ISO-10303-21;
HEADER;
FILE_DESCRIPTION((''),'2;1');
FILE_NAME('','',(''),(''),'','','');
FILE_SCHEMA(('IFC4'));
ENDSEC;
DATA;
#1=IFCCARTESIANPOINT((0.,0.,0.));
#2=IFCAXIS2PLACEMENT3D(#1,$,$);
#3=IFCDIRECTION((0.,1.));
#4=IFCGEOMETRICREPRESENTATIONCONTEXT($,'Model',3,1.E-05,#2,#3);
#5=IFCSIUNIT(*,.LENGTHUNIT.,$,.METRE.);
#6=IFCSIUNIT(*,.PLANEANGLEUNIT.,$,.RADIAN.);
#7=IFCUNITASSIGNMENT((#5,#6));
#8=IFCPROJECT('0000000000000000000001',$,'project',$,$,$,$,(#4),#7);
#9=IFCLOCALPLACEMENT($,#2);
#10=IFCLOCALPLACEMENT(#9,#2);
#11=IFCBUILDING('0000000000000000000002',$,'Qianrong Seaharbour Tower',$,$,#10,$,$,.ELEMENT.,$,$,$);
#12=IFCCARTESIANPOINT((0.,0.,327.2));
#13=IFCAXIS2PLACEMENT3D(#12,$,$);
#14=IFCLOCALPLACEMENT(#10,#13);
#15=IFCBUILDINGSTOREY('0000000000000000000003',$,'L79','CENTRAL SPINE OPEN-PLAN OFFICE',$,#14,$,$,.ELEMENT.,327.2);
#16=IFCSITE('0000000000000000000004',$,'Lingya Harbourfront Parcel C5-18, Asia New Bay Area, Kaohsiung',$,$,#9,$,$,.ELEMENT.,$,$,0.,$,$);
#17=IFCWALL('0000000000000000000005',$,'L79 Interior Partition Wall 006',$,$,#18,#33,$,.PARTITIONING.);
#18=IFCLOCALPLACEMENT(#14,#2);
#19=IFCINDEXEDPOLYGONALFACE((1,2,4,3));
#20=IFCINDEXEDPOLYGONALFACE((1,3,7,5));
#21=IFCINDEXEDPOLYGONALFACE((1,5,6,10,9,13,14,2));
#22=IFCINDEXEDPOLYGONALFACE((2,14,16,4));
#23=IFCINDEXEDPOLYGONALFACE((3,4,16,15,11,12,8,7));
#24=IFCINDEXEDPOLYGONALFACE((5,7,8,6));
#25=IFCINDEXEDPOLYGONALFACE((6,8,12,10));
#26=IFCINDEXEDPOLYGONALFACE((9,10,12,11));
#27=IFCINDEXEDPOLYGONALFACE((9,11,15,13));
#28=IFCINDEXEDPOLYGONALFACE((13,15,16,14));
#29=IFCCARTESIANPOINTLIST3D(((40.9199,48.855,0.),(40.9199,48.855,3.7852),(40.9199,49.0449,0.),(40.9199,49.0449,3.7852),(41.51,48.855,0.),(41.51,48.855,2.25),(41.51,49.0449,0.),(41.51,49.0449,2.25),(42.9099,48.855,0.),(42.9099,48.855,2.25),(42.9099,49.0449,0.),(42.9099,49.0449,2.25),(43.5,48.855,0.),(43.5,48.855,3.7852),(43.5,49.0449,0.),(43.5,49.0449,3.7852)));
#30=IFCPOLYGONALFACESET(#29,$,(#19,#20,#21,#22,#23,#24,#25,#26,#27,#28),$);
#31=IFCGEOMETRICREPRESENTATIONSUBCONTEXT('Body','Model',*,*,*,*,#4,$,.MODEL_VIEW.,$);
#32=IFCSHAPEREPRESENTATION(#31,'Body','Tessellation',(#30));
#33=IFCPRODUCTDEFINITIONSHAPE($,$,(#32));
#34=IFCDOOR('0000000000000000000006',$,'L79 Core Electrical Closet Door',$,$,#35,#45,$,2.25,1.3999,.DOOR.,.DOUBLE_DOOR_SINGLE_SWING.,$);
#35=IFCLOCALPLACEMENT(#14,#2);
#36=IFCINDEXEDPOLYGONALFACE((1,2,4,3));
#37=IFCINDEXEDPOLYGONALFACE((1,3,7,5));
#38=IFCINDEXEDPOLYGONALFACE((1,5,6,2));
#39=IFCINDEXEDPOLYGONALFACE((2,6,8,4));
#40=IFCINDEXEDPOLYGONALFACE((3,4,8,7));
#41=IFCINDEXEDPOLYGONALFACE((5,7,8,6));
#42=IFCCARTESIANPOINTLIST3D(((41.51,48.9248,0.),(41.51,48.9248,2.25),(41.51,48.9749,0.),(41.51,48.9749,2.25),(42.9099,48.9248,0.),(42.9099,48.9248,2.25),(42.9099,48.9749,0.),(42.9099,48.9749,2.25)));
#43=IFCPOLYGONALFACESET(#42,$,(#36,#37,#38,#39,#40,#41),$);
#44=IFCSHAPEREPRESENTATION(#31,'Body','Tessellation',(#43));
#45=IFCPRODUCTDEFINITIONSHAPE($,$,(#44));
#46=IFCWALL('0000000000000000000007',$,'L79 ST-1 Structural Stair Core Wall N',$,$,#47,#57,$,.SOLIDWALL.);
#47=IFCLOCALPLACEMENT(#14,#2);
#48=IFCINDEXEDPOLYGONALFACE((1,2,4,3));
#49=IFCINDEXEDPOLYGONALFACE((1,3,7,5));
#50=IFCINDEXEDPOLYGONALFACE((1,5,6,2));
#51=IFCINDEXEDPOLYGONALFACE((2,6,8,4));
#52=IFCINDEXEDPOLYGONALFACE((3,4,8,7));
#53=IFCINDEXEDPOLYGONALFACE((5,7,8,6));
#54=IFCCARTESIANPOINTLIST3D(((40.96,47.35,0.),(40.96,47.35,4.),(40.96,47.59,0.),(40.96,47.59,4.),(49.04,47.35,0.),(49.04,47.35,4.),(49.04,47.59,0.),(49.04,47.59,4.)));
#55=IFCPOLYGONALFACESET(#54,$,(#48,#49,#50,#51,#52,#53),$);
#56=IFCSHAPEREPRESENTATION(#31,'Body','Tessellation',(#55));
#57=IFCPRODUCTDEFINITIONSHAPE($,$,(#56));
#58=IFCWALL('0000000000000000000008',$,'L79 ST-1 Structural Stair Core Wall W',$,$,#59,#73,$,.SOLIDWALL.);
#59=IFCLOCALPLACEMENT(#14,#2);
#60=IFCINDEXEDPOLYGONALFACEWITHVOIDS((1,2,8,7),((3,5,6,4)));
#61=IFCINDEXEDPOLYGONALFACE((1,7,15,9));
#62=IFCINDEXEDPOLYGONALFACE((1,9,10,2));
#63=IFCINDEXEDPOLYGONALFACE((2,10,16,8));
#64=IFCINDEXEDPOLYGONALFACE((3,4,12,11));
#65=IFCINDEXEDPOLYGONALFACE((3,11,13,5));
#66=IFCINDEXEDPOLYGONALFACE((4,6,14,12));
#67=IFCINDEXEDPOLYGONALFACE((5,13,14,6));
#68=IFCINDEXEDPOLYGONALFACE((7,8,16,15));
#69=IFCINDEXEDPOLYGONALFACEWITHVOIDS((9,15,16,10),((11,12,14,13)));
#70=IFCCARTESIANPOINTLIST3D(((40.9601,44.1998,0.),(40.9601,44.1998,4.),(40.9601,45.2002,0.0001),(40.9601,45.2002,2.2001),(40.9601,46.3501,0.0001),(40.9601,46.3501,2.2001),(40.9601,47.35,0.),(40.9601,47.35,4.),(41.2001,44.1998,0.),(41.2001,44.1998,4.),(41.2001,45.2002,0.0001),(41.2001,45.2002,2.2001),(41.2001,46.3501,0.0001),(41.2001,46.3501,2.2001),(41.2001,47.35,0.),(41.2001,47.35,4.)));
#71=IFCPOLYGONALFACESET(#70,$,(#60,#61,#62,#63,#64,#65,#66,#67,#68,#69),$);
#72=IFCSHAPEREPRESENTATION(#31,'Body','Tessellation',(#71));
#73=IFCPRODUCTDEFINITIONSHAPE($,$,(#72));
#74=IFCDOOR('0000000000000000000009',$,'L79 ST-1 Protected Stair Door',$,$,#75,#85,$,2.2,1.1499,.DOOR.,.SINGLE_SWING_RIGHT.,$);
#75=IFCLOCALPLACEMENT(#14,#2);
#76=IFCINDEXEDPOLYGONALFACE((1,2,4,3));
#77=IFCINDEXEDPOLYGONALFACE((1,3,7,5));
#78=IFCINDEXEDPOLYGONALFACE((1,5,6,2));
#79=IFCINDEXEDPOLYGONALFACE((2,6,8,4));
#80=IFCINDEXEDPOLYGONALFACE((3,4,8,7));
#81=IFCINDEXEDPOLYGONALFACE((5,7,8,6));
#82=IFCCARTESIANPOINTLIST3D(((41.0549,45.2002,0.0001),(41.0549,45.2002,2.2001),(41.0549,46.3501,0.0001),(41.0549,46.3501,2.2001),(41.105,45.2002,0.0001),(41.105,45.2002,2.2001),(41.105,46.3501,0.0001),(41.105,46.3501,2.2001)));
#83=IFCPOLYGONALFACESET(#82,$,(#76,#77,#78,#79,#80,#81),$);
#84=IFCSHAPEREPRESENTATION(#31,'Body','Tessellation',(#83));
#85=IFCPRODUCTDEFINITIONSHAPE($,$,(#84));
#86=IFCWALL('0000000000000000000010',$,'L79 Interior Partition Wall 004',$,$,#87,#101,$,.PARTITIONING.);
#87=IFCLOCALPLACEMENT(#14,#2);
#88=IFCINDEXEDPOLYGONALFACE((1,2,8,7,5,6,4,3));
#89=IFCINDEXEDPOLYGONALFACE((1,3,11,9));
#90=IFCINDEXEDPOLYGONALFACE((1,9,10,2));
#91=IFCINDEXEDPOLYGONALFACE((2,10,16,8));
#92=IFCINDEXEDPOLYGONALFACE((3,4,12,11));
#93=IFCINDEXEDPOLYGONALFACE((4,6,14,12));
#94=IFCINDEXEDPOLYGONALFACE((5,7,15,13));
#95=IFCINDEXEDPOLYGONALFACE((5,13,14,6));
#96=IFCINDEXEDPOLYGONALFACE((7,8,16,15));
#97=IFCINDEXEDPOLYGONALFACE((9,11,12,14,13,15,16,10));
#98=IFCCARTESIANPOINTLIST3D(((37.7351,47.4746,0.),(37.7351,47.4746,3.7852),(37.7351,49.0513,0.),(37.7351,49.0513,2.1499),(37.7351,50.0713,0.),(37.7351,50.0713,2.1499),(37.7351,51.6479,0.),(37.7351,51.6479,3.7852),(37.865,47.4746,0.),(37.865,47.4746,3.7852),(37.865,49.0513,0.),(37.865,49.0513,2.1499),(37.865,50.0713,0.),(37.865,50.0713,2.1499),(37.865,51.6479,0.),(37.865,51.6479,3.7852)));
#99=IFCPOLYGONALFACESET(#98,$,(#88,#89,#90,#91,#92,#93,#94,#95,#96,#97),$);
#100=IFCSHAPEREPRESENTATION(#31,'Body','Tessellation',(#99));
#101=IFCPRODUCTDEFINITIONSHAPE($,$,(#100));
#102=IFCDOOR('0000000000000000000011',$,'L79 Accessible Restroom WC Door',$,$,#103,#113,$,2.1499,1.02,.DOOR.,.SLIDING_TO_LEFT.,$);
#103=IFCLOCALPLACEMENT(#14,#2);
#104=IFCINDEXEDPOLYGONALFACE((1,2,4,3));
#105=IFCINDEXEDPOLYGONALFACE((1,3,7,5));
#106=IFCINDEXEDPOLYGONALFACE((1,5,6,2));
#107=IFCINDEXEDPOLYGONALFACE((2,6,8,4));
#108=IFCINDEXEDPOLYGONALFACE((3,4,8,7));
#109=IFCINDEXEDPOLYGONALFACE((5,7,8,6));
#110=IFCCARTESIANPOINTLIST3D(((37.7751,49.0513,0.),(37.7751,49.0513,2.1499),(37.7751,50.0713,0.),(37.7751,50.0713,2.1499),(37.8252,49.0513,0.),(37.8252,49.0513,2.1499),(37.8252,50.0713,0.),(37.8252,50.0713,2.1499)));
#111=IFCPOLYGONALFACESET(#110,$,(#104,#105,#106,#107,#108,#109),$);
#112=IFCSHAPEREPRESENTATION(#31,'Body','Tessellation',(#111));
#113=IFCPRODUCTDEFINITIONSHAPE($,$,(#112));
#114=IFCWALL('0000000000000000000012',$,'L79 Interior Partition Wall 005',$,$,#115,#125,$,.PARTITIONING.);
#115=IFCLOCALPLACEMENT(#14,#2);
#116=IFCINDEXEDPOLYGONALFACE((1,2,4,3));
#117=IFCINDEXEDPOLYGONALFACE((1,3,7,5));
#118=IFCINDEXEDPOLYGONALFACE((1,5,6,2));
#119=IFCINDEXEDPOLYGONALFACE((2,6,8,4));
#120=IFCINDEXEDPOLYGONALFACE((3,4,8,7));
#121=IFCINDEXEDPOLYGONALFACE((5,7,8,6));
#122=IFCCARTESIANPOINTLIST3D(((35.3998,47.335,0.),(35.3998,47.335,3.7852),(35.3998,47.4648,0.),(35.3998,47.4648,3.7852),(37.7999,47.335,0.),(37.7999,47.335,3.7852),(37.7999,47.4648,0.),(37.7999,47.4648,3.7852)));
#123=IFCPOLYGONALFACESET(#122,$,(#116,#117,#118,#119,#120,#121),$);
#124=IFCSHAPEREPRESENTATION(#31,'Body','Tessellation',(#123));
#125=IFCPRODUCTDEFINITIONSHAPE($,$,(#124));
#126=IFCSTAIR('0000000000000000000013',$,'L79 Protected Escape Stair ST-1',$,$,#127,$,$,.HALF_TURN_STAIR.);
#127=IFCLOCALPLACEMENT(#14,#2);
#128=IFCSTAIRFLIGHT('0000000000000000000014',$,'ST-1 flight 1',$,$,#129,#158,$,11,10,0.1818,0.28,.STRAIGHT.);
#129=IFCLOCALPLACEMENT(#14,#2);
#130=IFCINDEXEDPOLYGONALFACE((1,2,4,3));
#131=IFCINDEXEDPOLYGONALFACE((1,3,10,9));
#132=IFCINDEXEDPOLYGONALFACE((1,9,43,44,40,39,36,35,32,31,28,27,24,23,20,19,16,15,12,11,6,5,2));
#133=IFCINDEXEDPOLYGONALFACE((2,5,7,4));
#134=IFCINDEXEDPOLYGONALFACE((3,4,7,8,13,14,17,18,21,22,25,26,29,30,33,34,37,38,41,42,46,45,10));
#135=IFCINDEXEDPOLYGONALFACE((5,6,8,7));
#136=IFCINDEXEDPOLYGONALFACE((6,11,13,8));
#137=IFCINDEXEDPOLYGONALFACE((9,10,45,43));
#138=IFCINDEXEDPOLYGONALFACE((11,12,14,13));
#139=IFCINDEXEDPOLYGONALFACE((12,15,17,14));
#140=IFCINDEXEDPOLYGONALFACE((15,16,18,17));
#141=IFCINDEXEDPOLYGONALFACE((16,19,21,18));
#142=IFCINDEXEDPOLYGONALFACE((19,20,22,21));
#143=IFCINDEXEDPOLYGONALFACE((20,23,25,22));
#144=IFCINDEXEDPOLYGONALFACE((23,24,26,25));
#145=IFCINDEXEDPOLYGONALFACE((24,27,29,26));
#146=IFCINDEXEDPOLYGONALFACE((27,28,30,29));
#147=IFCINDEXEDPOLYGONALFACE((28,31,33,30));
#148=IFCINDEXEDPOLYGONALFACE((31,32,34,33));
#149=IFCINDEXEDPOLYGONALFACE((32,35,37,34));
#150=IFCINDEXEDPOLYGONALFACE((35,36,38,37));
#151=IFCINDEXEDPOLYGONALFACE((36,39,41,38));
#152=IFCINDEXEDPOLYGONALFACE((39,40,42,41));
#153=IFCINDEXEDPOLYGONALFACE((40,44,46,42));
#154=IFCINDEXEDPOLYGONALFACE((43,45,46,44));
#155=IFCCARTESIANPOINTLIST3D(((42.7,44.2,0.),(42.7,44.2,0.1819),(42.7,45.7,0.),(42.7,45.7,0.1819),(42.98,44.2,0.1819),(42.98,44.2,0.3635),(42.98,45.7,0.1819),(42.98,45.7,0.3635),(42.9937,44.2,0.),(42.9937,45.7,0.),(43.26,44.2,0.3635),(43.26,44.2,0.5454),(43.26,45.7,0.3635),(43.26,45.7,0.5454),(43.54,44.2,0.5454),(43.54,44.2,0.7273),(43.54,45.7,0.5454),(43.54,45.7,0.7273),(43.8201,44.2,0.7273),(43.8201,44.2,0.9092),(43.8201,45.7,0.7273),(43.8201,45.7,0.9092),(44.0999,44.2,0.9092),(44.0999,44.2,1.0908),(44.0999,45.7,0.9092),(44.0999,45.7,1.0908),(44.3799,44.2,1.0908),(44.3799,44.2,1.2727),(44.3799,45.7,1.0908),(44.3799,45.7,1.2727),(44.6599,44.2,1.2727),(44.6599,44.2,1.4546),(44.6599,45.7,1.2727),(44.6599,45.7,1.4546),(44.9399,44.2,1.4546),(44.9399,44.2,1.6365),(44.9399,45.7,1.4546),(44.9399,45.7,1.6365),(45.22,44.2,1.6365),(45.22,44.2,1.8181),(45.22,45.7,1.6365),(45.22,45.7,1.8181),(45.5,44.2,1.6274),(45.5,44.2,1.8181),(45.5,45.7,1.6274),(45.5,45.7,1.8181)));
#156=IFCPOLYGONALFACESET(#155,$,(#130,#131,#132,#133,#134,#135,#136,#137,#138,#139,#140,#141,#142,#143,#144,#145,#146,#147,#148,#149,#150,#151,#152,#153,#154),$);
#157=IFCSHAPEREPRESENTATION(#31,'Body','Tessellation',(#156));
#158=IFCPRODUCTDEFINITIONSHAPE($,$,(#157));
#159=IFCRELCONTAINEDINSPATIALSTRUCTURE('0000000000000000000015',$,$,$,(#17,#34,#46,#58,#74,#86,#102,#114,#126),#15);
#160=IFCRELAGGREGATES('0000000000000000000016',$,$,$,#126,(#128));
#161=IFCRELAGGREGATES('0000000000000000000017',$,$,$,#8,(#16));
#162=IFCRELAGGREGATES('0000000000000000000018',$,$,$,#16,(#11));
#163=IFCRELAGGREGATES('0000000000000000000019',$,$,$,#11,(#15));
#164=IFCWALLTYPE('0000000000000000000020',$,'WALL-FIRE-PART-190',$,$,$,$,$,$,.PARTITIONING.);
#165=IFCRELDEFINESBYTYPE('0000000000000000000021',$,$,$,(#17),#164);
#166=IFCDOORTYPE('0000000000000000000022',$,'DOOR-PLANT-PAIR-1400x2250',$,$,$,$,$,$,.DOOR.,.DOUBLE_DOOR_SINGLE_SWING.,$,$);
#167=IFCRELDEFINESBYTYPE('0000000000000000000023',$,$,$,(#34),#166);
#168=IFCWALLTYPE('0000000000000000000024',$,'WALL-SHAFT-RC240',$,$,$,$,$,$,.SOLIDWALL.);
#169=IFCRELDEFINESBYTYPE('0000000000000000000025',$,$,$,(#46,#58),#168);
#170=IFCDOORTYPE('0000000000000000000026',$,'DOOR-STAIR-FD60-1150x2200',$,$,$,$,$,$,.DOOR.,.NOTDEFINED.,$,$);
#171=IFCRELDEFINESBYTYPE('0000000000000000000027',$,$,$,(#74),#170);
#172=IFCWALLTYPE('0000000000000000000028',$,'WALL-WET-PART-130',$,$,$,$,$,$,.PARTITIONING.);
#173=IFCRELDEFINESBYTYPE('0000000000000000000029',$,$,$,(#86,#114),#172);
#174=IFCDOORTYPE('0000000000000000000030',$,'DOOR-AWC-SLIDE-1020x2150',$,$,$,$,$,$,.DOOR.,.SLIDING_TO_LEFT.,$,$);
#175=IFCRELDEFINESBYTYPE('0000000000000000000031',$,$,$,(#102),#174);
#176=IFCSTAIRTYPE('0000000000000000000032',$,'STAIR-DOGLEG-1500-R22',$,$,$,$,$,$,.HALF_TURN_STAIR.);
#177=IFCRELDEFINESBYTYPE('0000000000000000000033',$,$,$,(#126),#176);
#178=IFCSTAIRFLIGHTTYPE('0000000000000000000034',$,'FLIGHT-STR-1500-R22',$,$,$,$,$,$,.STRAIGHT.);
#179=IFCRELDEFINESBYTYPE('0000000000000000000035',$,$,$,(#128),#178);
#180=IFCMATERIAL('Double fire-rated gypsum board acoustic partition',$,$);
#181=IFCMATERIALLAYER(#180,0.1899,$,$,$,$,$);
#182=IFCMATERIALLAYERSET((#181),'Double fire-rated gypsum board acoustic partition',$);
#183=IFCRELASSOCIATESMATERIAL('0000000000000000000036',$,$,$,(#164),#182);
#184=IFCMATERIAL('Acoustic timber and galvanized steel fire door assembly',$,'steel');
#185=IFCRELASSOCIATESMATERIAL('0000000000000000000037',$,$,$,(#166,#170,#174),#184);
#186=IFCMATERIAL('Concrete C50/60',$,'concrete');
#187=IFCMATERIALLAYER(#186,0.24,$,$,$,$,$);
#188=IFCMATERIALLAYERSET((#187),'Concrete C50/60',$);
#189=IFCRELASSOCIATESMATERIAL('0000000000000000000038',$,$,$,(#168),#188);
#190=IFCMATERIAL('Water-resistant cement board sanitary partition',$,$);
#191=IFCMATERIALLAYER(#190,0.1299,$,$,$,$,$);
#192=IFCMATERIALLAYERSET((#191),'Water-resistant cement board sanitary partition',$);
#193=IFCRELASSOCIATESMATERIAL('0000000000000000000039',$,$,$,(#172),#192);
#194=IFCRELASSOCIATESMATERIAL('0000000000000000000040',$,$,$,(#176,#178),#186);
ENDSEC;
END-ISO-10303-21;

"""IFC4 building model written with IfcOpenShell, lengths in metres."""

from ifc_helpers import new_model, si_unit, direction, frame, frame_2d, origin, place, context, subcontext, project, spatial, polyline, rectangle, outline, extrude, material, layer, layer_set, type_object, element, fill, aggregate, save


model = new_model("IFC4")

# Units and contexts
model_context = context("Model", 3, precision=1e-05, world=origin(), true_north=direction((0.0, 1.0)))
body_context = subcontext(model_context, "Body", "Model", "MODEL_VIEW")
ifc_project = project(units=[si_unit("LENGTHUNIT", "METRE"), si_unit("PLANEANGLEUNIT", "RADIAN")], contexts=[model_context])

# Site, building, storey
site_placement = place(None, origin())
site = spatial("IfcSite", under=ifc_project, at=site_placement, Name="Lingya Harbourfront Parcel C5-18, Asia New Bay Area, Kaohsiung", CompositionType="ELEMENT", RefElevation=0.0)
building_placement = place(site_placement, origin())
building = spatial("IfcBuilding", under=site, at=building_placement, Name="Qianrong Seaharbour Tower", CompositionType="ELEMENT")
storey_placement = place(building_placement, frame((0.0, 0.0, 327.2)))
storey = spatial("IfcBuildingStorey", under=building, at=storey_placement, Name="L79", Description="CENTRAL SPINE OPEN-PLAN OFFICE", CompositionType="ELEMENT", Elevation=327.2)

# Shared definitions
ifc_material_1 = material(Name="Concrete C50/60", Category="concrete")

# Shared definitions
ifc_material_2 = material(Name="Acoustic timber and galvanized steel fire door assembly", Category="steel")

# Wall, opening, door
ifc_material_3 = material(Name="Double fire-rated gypsum board acoustic partition")
ifc_layer_1 = layer(ifc_material_3, 0.1899)
ifc_layer_set_1 = layer_set([ifc_layer_1], Name="Double fire-rated gypsum board acoustic partition")
wall_type_1 = type_object("IfcWallType", Name="WALL-FIRE-PART-190", PredefinedType="PARTITIONING", material=ifc_layer_set_1)
wall_1_placement = place(storey_placement, frame((40.9199, 48.95, 0.0), z_axis=(0.0, 0.0, 1.0), x_axis=(1.0, 0.0, 0.0)))
wall_1 = element("IfcWall", 1, at=wall_1_placement, inside=storey, type_object=wall_type_1, Name="L79 Interior Partition Wall 006", PredefinedType="PARTITIONING", context=body_context, shape_type="SweptSolid", body=[
    extrude(rectangle(XDim=2.5801, YDim=0.1899, at=frame_2d((1.29, 0.0))), origin(), (0.0, 0.0, 1.0), 3.7852),
])
opening_1_placement = place(wall_1_placement, frame((0.5901, 0.0, 0.0)))
opening_1 = element("IfcOpeningElement", 2, at=opening_1_placement, cuts=wall_1, PredefinedType="OPENING", context=body_context, shape_type="SweptSolid", body=[
    extrude(rectangle(XDim=1.3999, YDim=2.25, at=frame_2d((0.7, 1.125))), frame((0.0, 0.105, 0.0), z_axis=(0.0, -1.0, 0.0), x_axis=(1.0, 0.0, 0.0)), (0.0, 0.0, 1.0), 0.21),
])
door_type_1 = type_object("IfcDoorType", Name="DOOR-PLANT-PAIR-1400x2250", OperationType="DOUBLE_DOOR_SINGLE_SWING", PredefinedType="DOOR", material=ifc_material_2)
door_1_placement = place(opening_1_placement, origin())
door_1 = element("IfcDoor", 3, at=door_1_placement, inside=storey, type_object=door_type_1, Name="L79 Core Electrical Closet Door", OperationType="DOUBLE_DOOR_SINGLE_SWING", OverallHeight=2.25, OverallWidth=1.3999, PredefinedType="DOOR", context=body_context, shape_type="SweptSolid", body=[
    extrude(rectangle(XDim=1.3999, YDim=2.25, at=frame_2d((0.7, 1.125))), frame((0.0, 0.0249, 0.0), z_axis=(0.0, -1.0, 0.0), x_axis=(1.0, 0.0, 0.0)), (0.0, 0.0, 1.0), 0.05),
])
fill(opening_1, door_1)

# Wall
ifc_layer_2 = layer(ifc_material_1, 0.24)
ifc_layer_set_2 = layer_set([ifc_layer_2], Name="Concrete C50/60")
wall_type_2 = type_object("IfcWallType", Name="WALL-SHAFT-RC240", PredefinedType="SOLIDWALL", material=ifc_layer_set_2)
wall_2_placement = place(storey_placement, frame((40.96, 47.47, 0.0), z_axis=(0.0, 0.0, 1.0), x_axis=(1.0, 0.0, 0.0)))
element("IfcWall", 4, at=wall_2_placement, inside=storey, type_object=wall_type_2, Name="L79 ST-1 Structural Stair Core Wall N", PredefinedType="SOLIDWALL", context=body_context, shape_type="SweptSolid", body=[
    extrude(rectangle(XDim=8.0801, YDim=0.24, at=frame_2d((4.04, 0.0))), origin(), (0.0, 0.0, 1.0), 4.0),
])

# Walls, openings, doors
wall_3_placement = place(storey_placement, frame((41.0801, 47.3501, 0.0), z_axis=(0.0, 0.0, 1.0), x_axis=(0.0, -1.0, 0.0)))
wall_3 = element("IfcWall", 5, at=wall_3_placement, inside=storey, type_object=wall_type_2, Name="L79 ST-1 Structural Stair Core Wall W", PredefinedType="SOLIDWALL", context=body_context, shape_type="SweptSolid", body=[
    extrude(rectangle(XDim=3.1501, YDim=0.24, at=frame_2d((1.5752, 0.0))), origin(), (0.0, 0.0, 1.0), 4.0),
])
opening_2_placement = place(wall_3_placement, frame((1.0, 0.0, 0.0)))
opening_2 = element("IfcOpeningElement", 6, at=opening_2_placement, cuts=wall_3, PredefinedType="OPENING", context=body_context, shape_type="SweptSolid", body=[
    extrude(rectangle(XDim=1.1499, YDim=2.2, at=frame_2d((0.575, 1.1001))), frame((0.0, 0.1299, 0.0), z_axis=(0.0, -1.0, 0.0), x_axis=(1.0, 0.0, 0.0)), (0.0, 0.0, 1.0), 0.26),
])
door_type_2 = type_object("IfcDoorType", Name="DOOR-STAIR-FD60-1150x2200", OperationType="NOTDEFINED", PredefinedType="DOOR", material=ifc_material_2)
door_2_placement = place(opening_2_placement, origin())
door_2 = element("IfcDoor", 7, at=door_2_placement, inside=storey, type_object=door_type_2, Name="L79 ST-1 Protected Stair Door", OperationType="SINGLE_SWING_RIGHT", OverallHeight=2.2, OverallWidth=1.1499, PredefinedType="DOOR", context=body_context, shape_type="SweptSolid", body=[
    extrude(rectangle(XDim=1.1499, YDim=2.2, at=frame_2d((0.575, 1.1001))), frame((0.0, 0.0249, 0.0), z_axis=(0.0, -1.0, 0.0), x_axis=(1.0, 0.0, 0.0)), (0.0, 0.0, 1.0), 0.05),
])
fill(opening_2, door_2)
ifc_material_4 = material(Name="Water-resistant cement board sanitary partition")
ifc_layer_3 = layer(ifc_material_4, 0.1299)
ifc_layer_set_3 = layer_set([ifc_layer_3], Name="Water-resistant cement board sanitary partition")
wall_type_3 = type_object("IfcWallType", Name="WALL-WET-PART-130", PredefinedType="PARTITIONING", material=ifc_layer_set_3)
wall_4_placement = place(storey_placement, frame((37.8, 47.4746, 0.0), z_axis=(0.0, 0.0, 1.0), x_axis=(0.0, 1.0, 0.0)))
wall_4 = element("IfcWall", 8, at=wall_4_placement, inside=storey, type_object=wall_type_3, Name="L79 Interior Partition Wall 004", PredefinedType="PARTITIONING", context=body_context, shape_type="SweptSolid", body=[
    extrude(rectangle(XDim=4.1733, YDim=0.1299, at=frame_2d((2.0867, 0.0))), origin(), (0.0, 0.0, 1.0), 3.7852),
])
opening_3_placement = place(wall_4_placement, frame((1.5767, 0.0, 0.0)))
opening_3 = element("IfcOpeningElement", 9, at=opening_3_placement, cuts=wall_4, PredefinedType="OPENING", context=body_context, shape_type="SweptSolid", body=[
    extrude(rectangle(XDim=1.02, YDim=2.1499, at=frame_2d((0.51, 1.075))), frame((0.0, 0.075, 0.0), z_axis=(0.0, -1.0, 0.0), x_axis=(1.0, 0.0, 0.0)), (0.0, 0.0, 1.0), 0.1499),
])
door_type_3 = type_object("IfcDoorType", Name="DOOR-AWC-SLIDE-1020x2150", OperationType="SLIDING_TO_LEFT", PredefinedType="DOOR", material=ifc_material_2)
door_3_placement = place(opening_3_placement, origin())
door_3 = element("IfcDoor", 10, at=door_3_placement, inside=storey, type_object=door_type_3, Name="L79 Accessible Restroom WC Door", OperationType="SLIDING_TO_LEFT", OverallHeight=2.1499, OverallWidth=1.02, PredefinedType="DOOR", context=body_context, shape_type="SweptSolid", body=[
    extrude(rectangle(XDim=1.02, YDim=2.1499, at=frame_2d((0.51, 1.075))), frame((0.0, 0.0249, 0.0), z_axis=(0.0, -1.0, 0.0), x_axis=(1.0, 0.0, 0.0)), (0.0, 0.0, 1.0), 0.05),
])
fill(opening_3, door_3)

# Wall
wall_5_placement = place(storey_placement, frame((37.8, 47.3999, 0.0), z_axis=(0.0, 0.0, 1.0), x_axis=(-1.0, 0.0, 0.0)))
element("IfcWall", 11, at=wall_5_placement, inside=storey, type_object=wall_type_3, Name="L79 Interior Partition Wall 005", PredefinedType="PARTITIONING", context=body_context, shape_type="SweptSolid", body=[
    extrude(rectangle(XDim=2.4001, YDim=0.1299, at=frame_2d((1.2002, 0.0))), origin(), (0.0, 0.0, 1.0), 3.7852),
])

# Stair, stair flight
stair_type = type_object("IfcStairType", Name="STAIR-DOGLEG-1500-R22", PredefinedType="HALF_TURN_STAIR", material=ifc_material_1)
stair_placement = place(storey_placement, origin())
stair = element("IfcStair", 12, at=stair_placement, inside=storey, type_object=stair_type, Name="L79 Protected Escape Stair ST-1", PredefinedType="HALF_TURN_STAIR")
stair_flight_type = type_object("IfcStairFlightType", Name="FLIGHT-STR-1500-R22", PredefinedType="STRAIGHT", material=ifc_material_1)
stair_flight_placement = place(storey_placement, frame((42.7, 44.95, 0.0), z_axis=(0.0, 0.0, 1.0), x_axis=(1.0, 0.0, 0.0)))
stair_flight = element("IfcStairFlight", 13, at=stair_flight_placement, type_object=stair_flight_type, Name="ST-1 flight 1", NumberOfRisers=11, NumberOfTreads=10, PredefinedType="STRAIGHT", RiserHeight=0.1818, TreadLength=0.28, context=body_context, shape_type="SweptSolid", body=[
    extrude(outline(polyline([(0.0, 0.0), (0.0, 0.1819), (0.28, 0.1819), (0.28, 0.3635), (0.5601, 0.3635), (0.5601, 0.5454), (0.8401, 0.5454), (0.8401, 0.7273), (1.1201, 0.7273), (1.1201, 0.9092), (1.3999, 0.9092), (1.3999, 1.0908), (1.6799, 1.0908), (1.6799, 1.2727), (1.96, 1.2727), (1.96, 1.4546), (2.24, 1.4546), (2.24, 1.6365), (2.52, 1.6365), (2.52, 1.8181), (2.8, 1.8181), (2.8, 2.0), (2.8, 1.6274), (0.2937, 0.0), (0.0, 0.0)])), frame((0.0, 0.75, 0.0), z_axis=(0.0, -1.0, 0.0), x_axis=(1.0, 0.0, 0.0)), (0.0, 0.0, 1.0), 1.5),
])
aggregate(stair, [stair_flight])

save(model, "model.ifc")
